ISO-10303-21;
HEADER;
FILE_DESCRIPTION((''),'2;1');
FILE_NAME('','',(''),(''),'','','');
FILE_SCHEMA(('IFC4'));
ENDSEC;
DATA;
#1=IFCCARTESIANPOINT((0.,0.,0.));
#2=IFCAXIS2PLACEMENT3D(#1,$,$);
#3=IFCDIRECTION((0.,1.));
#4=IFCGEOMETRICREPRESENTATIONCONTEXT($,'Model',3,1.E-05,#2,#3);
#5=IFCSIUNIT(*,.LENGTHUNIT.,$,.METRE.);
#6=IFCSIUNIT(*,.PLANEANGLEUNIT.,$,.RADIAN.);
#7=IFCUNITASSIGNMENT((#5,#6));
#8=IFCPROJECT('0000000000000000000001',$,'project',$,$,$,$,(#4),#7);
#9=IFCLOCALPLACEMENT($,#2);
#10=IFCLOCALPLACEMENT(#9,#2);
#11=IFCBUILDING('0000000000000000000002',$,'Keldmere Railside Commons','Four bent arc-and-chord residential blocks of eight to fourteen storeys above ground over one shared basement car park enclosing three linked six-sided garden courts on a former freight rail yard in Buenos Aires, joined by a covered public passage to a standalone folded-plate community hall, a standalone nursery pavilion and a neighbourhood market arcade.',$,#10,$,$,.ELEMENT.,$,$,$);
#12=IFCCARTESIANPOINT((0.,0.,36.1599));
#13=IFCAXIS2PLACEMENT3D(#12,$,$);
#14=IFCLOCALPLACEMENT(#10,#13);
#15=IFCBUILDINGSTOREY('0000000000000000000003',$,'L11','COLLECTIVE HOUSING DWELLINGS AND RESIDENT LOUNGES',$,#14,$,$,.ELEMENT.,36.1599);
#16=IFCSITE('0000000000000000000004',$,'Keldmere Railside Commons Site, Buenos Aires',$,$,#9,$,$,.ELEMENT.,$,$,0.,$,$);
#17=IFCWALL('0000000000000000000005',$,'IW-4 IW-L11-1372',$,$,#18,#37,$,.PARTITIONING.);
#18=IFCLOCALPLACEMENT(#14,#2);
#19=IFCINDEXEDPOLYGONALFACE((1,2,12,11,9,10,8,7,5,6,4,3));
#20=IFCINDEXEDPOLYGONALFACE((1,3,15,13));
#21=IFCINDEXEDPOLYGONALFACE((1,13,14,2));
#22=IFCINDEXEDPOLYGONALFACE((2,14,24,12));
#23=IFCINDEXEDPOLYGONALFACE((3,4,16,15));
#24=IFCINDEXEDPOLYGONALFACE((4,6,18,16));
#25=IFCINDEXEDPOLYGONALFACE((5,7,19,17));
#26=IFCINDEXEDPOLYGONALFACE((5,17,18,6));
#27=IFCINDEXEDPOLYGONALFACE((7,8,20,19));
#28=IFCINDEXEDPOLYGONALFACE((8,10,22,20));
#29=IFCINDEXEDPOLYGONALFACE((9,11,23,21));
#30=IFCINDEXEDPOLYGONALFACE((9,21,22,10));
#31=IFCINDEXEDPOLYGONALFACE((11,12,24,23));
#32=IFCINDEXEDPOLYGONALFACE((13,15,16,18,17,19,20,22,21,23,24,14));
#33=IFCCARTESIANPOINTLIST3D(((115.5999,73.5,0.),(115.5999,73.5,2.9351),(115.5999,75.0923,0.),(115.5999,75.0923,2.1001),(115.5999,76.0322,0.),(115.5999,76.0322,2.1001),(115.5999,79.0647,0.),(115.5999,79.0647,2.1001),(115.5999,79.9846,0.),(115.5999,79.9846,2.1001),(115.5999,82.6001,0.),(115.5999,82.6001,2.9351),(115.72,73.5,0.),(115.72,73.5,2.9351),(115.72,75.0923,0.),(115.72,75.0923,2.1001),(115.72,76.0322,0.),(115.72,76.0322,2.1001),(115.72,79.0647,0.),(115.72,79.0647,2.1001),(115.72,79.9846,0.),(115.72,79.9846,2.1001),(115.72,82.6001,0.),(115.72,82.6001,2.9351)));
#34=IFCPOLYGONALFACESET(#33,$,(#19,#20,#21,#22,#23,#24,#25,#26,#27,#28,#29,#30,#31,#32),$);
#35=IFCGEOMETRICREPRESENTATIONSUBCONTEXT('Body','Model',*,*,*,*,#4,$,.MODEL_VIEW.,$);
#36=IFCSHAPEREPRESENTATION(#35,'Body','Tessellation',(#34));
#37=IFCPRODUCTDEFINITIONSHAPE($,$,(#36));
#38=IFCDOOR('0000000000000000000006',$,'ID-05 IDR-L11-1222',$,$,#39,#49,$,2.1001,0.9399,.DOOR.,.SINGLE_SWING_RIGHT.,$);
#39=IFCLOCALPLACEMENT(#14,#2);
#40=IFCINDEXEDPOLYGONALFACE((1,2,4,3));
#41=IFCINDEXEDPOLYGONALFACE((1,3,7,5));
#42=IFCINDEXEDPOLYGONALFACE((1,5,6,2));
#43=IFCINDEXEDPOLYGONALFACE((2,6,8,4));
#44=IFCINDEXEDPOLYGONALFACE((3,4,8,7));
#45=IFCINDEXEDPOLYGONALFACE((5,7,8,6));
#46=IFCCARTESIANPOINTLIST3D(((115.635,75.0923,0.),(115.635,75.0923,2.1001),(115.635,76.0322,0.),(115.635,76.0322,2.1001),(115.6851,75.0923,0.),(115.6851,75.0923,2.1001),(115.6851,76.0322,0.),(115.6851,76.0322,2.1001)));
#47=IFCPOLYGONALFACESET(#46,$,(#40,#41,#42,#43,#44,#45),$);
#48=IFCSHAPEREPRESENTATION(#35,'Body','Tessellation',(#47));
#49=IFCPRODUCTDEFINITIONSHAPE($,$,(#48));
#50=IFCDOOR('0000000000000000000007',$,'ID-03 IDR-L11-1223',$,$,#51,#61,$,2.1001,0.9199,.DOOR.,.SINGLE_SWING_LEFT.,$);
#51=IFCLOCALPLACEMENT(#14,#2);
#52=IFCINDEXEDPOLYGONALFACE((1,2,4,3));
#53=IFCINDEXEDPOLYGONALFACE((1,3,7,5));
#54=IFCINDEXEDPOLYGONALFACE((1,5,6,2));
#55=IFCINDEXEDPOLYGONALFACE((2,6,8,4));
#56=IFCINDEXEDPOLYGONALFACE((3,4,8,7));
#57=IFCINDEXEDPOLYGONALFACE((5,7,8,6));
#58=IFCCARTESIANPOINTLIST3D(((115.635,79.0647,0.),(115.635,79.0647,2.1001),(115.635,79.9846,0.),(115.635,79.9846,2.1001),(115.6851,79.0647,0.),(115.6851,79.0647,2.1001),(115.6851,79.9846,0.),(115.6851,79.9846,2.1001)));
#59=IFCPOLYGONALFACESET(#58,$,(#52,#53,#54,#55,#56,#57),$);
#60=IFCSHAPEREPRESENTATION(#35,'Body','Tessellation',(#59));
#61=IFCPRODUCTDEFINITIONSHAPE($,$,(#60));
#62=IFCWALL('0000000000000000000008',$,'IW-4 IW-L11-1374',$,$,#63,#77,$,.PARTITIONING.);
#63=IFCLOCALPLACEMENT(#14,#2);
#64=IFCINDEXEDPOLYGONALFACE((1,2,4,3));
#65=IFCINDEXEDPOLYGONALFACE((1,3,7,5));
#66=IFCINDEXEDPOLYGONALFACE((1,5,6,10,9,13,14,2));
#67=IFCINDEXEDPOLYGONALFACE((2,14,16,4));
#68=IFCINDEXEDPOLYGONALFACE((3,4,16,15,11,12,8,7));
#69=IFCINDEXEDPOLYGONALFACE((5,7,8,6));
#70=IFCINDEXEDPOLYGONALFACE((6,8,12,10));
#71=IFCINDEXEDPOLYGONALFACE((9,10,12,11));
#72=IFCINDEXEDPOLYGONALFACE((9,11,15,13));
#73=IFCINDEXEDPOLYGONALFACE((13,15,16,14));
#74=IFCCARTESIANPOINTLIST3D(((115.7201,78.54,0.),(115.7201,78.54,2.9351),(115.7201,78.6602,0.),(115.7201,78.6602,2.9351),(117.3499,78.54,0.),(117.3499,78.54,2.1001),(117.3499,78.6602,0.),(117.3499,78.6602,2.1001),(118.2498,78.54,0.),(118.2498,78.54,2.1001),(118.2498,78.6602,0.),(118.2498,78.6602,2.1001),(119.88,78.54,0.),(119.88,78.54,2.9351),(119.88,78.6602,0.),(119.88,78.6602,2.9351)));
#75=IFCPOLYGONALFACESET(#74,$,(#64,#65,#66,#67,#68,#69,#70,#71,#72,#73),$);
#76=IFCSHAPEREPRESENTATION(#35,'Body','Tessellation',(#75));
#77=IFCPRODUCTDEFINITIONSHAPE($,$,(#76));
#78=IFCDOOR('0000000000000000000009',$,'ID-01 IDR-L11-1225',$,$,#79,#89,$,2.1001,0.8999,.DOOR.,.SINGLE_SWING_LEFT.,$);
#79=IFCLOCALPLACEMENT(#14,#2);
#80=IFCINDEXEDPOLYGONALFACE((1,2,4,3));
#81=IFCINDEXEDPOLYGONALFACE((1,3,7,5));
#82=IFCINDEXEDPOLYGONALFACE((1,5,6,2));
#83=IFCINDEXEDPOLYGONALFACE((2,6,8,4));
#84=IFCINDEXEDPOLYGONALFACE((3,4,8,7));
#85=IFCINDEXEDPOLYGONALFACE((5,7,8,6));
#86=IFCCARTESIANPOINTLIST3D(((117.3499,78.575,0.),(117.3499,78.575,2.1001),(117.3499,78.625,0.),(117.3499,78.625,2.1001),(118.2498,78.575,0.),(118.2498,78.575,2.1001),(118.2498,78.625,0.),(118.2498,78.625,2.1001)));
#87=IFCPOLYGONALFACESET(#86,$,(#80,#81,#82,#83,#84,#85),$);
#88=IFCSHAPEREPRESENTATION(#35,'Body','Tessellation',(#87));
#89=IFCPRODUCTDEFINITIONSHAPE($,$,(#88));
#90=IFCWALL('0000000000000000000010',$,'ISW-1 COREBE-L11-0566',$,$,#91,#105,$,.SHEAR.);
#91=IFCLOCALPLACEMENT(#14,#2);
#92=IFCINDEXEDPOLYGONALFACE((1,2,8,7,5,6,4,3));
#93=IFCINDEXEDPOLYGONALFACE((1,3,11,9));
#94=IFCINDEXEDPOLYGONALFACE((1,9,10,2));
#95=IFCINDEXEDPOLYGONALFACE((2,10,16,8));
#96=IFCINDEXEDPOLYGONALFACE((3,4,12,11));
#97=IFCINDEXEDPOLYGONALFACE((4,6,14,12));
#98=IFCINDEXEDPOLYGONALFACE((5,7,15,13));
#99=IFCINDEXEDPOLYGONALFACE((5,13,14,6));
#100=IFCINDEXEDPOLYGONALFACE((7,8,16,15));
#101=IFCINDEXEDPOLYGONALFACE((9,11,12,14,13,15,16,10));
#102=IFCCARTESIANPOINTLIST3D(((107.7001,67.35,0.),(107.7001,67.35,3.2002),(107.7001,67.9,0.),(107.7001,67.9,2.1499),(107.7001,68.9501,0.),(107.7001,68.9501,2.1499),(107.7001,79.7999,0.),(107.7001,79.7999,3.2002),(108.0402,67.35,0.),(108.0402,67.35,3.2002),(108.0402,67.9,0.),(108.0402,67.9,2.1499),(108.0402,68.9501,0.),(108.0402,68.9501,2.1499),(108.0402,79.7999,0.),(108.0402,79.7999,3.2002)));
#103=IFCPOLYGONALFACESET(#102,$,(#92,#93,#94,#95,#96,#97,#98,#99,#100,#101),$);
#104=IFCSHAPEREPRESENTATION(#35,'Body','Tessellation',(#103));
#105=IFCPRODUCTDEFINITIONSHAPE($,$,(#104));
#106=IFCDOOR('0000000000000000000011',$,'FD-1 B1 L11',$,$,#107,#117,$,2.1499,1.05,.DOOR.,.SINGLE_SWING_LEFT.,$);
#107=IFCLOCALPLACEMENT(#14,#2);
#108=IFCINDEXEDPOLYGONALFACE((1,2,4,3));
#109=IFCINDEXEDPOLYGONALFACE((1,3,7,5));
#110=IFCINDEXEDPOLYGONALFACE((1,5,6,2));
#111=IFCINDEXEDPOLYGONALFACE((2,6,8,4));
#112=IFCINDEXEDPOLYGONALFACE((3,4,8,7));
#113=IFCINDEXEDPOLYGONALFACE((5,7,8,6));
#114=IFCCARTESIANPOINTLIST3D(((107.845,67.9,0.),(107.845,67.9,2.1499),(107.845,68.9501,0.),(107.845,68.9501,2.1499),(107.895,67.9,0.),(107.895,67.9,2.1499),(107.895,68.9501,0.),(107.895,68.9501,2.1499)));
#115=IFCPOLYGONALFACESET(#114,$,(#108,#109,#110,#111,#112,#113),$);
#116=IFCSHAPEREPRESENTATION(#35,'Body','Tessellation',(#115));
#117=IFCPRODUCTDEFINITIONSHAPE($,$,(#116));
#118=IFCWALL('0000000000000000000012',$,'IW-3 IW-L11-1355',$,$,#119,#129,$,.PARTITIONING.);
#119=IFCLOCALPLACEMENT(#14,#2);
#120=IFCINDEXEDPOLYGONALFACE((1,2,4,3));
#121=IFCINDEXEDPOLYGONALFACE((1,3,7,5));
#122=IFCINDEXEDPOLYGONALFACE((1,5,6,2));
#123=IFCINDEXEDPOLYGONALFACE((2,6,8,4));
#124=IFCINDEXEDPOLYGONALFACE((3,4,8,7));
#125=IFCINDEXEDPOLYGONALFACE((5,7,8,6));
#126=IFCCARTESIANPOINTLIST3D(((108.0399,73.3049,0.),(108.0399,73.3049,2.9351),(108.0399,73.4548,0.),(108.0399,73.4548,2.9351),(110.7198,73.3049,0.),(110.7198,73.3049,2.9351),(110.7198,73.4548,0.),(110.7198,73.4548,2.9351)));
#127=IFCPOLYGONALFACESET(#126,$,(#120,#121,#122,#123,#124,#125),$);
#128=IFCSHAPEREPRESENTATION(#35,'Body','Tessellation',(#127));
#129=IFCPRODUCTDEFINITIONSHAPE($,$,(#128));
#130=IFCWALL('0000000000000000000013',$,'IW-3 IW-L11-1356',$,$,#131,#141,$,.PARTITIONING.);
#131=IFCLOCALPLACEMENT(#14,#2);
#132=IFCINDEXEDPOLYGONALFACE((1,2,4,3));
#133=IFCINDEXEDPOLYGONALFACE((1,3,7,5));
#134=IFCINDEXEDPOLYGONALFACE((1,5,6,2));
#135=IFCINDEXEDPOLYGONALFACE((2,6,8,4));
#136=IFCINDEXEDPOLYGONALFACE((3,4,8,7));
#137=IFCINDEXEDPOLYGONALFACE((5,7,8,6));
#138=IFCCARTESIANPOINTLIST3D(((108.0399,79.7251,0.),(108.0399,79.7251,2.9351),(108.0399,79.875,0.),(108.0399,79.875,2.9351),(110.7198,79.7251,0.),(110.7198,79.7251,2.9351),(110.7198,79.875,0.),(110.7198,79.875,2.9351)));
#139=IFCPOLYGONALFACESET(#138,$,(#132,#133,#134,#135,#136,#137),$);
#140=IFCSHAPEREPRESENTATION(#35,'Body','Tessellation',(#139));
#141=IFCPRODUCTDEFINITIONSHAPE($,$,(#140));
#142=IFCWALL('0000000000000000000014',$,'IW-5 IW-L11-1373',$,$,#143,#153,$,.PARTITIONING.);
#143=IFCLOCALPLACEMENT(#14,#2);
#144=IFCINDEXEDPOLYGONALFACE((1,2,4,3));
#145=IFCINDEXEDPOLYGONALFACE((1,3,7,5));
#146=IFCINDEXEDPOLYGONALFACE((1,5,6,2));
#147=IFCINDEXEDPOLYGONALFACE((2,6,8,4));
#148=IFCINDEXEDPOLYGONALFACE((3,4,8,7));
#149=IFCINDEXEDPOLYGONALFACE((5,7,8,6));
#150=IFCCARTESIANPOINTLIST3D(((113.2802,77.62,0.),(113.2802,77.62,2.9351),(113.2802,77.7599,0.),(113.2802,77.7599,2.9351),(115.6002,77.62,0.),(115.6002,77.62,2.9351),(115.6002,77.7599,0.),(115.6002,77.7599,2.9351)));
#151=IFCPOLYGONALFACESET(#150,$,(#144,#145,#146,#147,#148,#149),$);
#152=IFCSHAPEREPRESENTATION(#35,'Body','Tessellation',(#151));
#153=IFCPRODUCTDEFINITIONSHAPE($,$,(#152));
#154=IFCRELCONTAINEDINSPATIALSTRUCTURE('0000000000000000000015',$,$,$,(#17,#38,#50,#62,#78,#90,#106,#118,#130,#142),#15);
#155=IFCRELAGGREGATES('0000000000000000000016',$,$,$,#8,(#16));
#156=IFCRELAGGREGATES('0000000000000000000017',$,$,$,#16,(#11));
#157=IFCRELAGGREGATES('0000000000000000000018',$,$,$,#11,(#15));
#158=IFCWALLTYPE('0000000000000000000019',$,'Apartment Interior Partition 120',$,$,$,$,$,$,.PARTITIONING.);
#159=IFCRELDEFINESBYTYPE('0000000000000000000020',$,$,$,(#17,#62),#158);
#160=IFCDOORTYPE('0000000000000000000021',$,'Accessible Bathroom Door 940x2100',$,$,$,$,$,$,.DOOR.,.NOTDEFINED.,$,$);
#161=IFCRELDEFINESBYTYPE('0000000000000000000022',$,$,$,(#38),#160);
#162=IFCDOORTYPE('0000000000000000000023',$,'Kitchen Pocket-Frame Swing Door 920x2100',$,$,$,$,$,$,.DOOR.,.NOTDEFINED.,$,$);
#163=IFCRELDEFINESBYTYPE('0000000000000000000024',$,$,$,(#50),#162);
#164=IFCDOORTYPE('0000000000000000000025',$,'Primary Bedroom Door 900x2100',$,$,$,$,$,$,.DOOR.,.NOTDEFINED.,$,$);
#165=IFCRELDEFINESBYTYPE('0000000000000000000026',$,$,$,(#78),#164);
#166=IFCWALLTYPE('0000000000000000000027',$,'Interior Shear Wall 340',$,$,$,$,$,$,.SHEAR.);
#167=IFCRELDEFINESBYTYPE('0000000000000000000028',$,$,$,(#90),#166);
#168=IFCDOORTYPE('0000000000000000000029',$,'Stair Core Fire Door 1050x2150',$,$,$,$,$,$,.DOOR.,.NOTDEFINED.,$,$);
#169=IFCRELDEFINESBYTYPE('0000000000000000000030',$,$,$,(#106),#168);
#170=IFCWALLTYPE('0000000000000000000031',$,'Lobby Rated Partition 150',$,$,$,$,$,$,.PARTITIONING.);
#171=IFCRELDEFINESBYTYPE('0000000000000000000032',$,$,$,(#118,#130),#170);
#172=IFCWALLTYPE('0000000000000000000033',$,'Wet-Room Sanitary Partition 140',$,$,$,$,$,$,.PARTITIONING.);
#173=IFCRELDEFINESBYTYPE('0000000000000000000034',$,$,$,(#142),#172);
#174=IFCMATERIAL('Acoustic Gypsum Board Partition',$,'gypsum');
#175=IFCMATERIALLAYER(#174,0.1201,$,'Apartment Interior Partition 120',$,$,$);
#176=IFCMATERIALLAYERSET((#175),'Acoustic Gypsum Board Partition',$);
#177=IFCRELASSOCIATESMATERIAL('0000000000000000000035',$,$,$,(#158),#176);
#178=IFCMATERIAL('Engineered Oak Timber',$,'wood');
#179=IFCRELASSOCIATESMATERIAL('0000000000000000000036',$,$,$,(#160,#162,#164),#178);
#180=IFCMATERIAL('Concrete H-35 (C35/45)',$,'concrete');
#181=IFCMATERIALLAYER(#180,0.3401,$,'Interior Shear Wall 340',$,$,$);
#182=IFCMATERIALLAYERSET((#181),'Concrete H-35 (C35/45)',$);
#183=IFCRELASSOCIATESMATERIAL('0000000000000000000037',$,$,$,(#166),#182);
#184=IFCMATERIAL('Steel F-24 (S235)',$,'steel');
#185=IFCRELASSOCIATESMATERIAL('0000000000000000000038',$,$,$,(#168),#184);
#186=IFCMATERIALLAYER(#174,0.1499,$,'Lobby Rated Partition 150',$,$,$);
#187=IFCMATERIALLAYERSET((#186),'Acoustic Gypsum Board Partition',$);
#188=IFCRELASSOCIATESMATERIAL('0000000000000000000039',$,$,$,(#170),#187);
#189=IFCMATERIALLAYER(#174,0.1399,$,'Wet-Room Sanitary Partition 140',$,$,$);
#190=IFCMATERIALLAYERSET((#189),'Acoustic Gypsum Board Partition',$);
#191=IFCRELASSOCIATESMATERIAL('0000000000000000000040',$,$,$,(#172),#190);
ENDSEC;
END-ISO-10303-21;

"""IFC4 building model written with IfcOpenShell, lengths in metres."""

from ifc_helpers import new_model, si_unit, direction, frame, frame_2d, origin, place, context, subcontext, project, spatial, rectangle, extrude, material, layer, layer_set, type_object, element, fill, save


model = new_model("IFC4")

# Units and contexts
model_context = context("Model", 3, precision=1e-05, world=origin(), true_north=direction((0.0, 1.0)))
body_context = subcontext(model_context, "Body", "Model", "MODEL_VIEW")
ifc_project = project(units=[si_unit("LENGTHUNIT", "METRE"), si_unit("PLANEANGLEUNIT", "RADIAN")], contexts=[model_context])

# Site, building, storey
site_placement = place(None, origin())
site = spatial("IfcSite", under=ifc_project, at=site_placement, Name="Keldmere Railside Commons Site, Buenos Aires", CompositionType="ELEMENT", RefElevation=0.0)
building_placement = place(site_placement, origin())
building = spatial("IfcBuilding", under=site, at=building_placement, Name="Keldmere Railside Commons", Description="Four bent arc-and-chord residential blocks of eight to fourteen storeys above ground over one shared basement car park enclosing three linked six-sided garden courts on a former freight rail yard in Buenos Aires, joined by a covered public passage to a standalone folded-plate community hall, a standalone nursery pavilion and a neighbourhood market arcade.", CompositionType="ELEMENT")
storey_placement = place(building_placement, frame((0.0, 0.0, 36.1599)))
storey = spatial("IfcBuildingStorey", under=building, at=storey_placement, Name="L11", Description="COLLECTIVE HOUSING DWELLINGS AND RESIDENT LOUNGES", CompositionType="ELEMENT", Elevation=36.1599)

# Shared definitions
ifc_material_1 = material(Name="Concrete H-35 (C35/45)", Category="concrete")

# Shared definitions
ifc_material_2 = material(Name="Acoustic Gypsum Board Partition", Category="gypsum")

# Wall, openings, doors
ifc_layer_1 = layer(ifc_material_2, 0.1201, Name="Apartment Interior Partition 120")
ifc_layer_set_1 = layer_set([ifc_layer_1], Name="Acoustic Gypsum Board Partition")
wall_type_1 = type_object("IfcWallType", Name="Apartment Interior Partition 120", PredefinedType="PARTITIONING", material=ifc_layer_set_1)
wall_1_placement = place(storey_placement, frame((115.6599, 73.5, 0.0), z_axis=(0.0, 0.0, 1.0), x_axis=(0.0, 1.0, 0.0)))
wall_1 = element("IfcWall", 1, at=wall_1_placement, inside=storey, type_object=wall_type_1, Name="IW-4 IW-L11-1372", PredefinedType="PARTITIONING", context=body_context, shape_type="SweptSolid", body=[
    extrude(rectangle(XDim=9.1001, YDim=0.1201, at=frame_2d((4.55, 0.0))), origin(), (0.0, 0.0, 1.0), 2.9351),
])
opening_1_placement = place(wall_1_placement, frame((1.5923, 0.0, 0.0)))
opening_1 = element("IfcOpeningElement", 2, at=opening_1_placement, cuts=wall_1, PredefinedType="OPENING", context=body_context, shape_type="SweptSolid", body=[
    extrude(rectangle(XDim=0.9399, YDim=2.1001, at=frame_2d((0.47, 1.05))), frame((0.0, 0.0701, 0.0), z_axis=(0.0, -1.0, 0.0), x_axis=(1.0, 0.0, 0.0)), (0.0, 0.0, 1.0), 0.1401),
])
opening_2_placement = place(wall_1_placement, frame((5.5647, 0.0, 0.0)))
opening_2 = element("IfcOpeningElement", 3, at=opening_2_placement, cuts=wall_1, PredefinedType="OPENING", context=body_context, shape_type="SweptSolid", body=[
    extrude(rectangle(XDim=0.9199, YDim=2.1001, at=frame_2d((0.46, 1.05))), frame((0.0, 0.0701, 0.0), z_axis=(0.0, -1.0, 0.0), x_axis=(1.0, 0.0, 0.0)), (0.0, 0.0, 1.0), 0.1401),
])
ifc_material_3 = material(Name="Engineered Oak Timber", Category="wood")
door_type_1 = type_object("IfcDoorType", Name="Accessible Bathroom Door 940x2100", OperationType="NOTDEFINED", PredefinedType="DOOR", material=ifc_material_3)
door_1_placement = place(opening_1_placement, origin())
door_1 = element("IfcDoor", 4, at=door_1_placement, inside=storey, type_object=door_type_1, Name="ID-05 IDR-L11-1222", OperationType="SINGLE_SWING_RIGHT", OverallHeight=2.1001, OverallWidth=0.9399, PredefinedType="DOOR", context=body_context, shape_type="SweptSolid", body=[
    extrude(rectangle(XDim=0.9399, YDim=2.1001, at=frame_2d((0.47, 1.05))), frame((0.0, 0.0249, 0.0), z_axis=(0.0, -1.0, 0.0), x_axis=(1.0, 0.0, 0.0)), (0.0, 0.0, 1.0), 0.05),
])
fill(opening_1, door_1)
door_type_2 = type_object("IfcDoorType", Name="Kitchen Pocket-Frame Swing Door 920x2100", OperationType="NOTDEFINED", PredefinedType="DOOR", material=ifc_material_3)
door_2_placement = place(opening_2_placement, origin())
door_2 = element("IfcDoor", 5, at=door_2_placement, inside=storey, type_object=door_type_2, Name="ID-03 IDR-L11-1223", OperationType="SINGLE_SWING_LEFT", OverallHeight=2.1001, OverallWidth=0.9199, PredefinedType="DOOR", context=body_context, shape_type="SweptSolid", body=[
    extrude(rectangle(XDim=0.9199, YDim=2.1001, at=frame_2d((0.46, 1.05))), frame((0.0, 0.0249, 0.0), z_axis=(0.0, -1.0, 0.0), x_axis=(1.0, 0.0, 0.0)), (0.0, 0.0, 1.0), 0.05),
])
fill(opening_2, door_2)

# Walls, openings, doors
wall_2_placement = place(storey_placement, frame((115.72, 78.6001, 0.0), z_axis=(0.0, 0.0, 1.0), x_axis=(1.0, 0.0, 0.0)))
wall_2 = element("IfcWall", 6, at=wall_2_placement, inside=storey, type_object=wall_type_1, Name="IW-4 IW-L11-1374", PredefinedType="PARTITIONING", context=body_context, shape_type="SweptSolid", body=[
    extrude(rectangle(XDim=4.1599, YDim=0.1201, at=frame_2d((2.0801, 0.0))), origin(), (0.0, 0.0, 1.0), 2.9351),
])
opening_3_placement = place(wall_2_placement, frame((1.6299, 0.0, 0.0)))
opening_3 = element("IfcOpeningElement", 7, at=opening_3_placement, cuts=wall_2, PredefinedType="OPENING", context=body_context, shape_type="SweptSolid", body=[
    extrude(rectangle(XDim=0.8999, YDim=2.1001, at=frame_2d((0.45, 1.05))), frame((0.0, 0.0701, 0.0), z_axis=(0.0, -1.0, 0.0), x_axis=(1.0, 0.0, 0.0)), (0.0, 0.0, 1.0), 0.1401),
])
door_type_3 = type_object("IfcDoorType", Name="Primary Bedroom Door 900x2100", OperationType="NOTDEFINED", PredefinedType="DOOR", material=ifc_material_3)
door_3_placement = place(opening_3_placement, origin())
door_3 = element("IfcDoor", 8, at=door_3_placement, inside=storey, type_object=door_type_3, Name="ID-01 IDR-L11-1225", OperationType="SINGLE_SWING_LEFT", OverallHeight=2.1001, OverallWidth=0.8999, PredefinedType="DOOR", context=body_context, shape_type="SweptSolid", body=[
    extrude(rectangle(XDim=0.8999, YDim=2.1001, at=frame_2d((0.45, 1.05))), frame((0.0, 0.0249, 0.0), z_axis=(0.0, -1.0, 0.0), x_axis=(1.0, 0.0, 0.0)), (0.0, 0.0, 1.0), 0.05),
])
fill(opening_3, door_3)
ifc_layer_2 = layer(ifc_material_1, 0.3401, Name="Interior Shear Wall 340")
ifc_layer_set_2 = layer_set([ifc_layer_2], Name="Concrete H-35 (C35/45)")
wall_type_2 = type_object("IfcWallType", Name="Interior Shear Wall 340", PredefinedType="SHEAR", material=ifc_layer_set_2)
wall_3_placement = place(storey_placement, frame((107.8701, 79.8, 0.0), z_axis=(0.0, 0.0, 1.0), x_axis=(0.0, -1.0, 0.0)))
wall_3 = element("IfcWall", 9, at=wall_3_placement, inside=storey, type_object=wall_type_2, Name="ISW-1 COREBE-L11-0566", PredefinedType="SHEAR", context=body_context, shape_type="SweptSolid", body=[
    extrude(rectangle(XDim=12.45, YDim=0.3401, at=frame_2d((6.2251, 0.0))), origin(), (0.0, 0.0, 1.0), 3.2002),
])
opening_4_placement = place(wall_3_placement, frame((10.8501, 0.0, 0.0)))
opening_4 = element("IfcOpeningElement", 10, at=opening_4_placement, cuts=wall_3, PredefinedType="OPENING", context=body_context, shape_type="SweptSolid", body=[
    extrude(rectangle(XDim=1.05, YDim=2.1499, at=frame_2d((0.5249, 1.075))), frame((0.0, 0.1799, 0.0), z_axis=(0.0, -1.0, 0.0), x_axis=(1.0, 0.0, 0.0)), (0.0, 0.0, 1.0), 0.3601),
])
ifc_material_4 = material(Name="Steel F-24 (S235)", Category="steel")
door_type_4 = type_object("IfcDoorType", Name="Stair Core Fire Door 1050x2150", OperationType="NOTDEFINED", PredefinedType="DOOR", material=ifc_material_4)
door_4_placement = place(opening_4_placement, origin())
door_4 = element("IfcDoor", 11, at=door_4_placement, inside=storey, type_object=door_type_4, Name="FD-1 B1 L11", OperationType="SINGLE_SWING_LEFT", OverallHeight=2.1499, OverallWidth=1.05, PredefinedType="DOOR", context=body_context, shape_type="SweptSolid", body=[
    extrude(rectangle(XDim=1.05, YDim=2.1499, at=frame_2d((0.5249, 1.075))), frame((0.0, 0.0249, 0.0), z_axis=(0.0, -1.0, 0.0), x_axis=(1.0, 0.0, 0.0)), (0.0, 0.0, 1.0), 0.05),
])
fill(opening_4, door_4)

# Walls
ifc_layer_3 = layer(ifc_material_2, 0.1499, Name="Lobby Rated Partition 150")
ifc_layer_set_3 = layer_set([ifc_layer_3], Name="Acoustic Gypsum Board Partition")
wall_type_3 = type_object("IfcWallType", Name="Lobby Rated Partition 150", PredefinedType="PARTITIONING", material=ifc_layer_set_3)
for number, where, z_axis, x_axis, name in (
    (12, (108.04, 73.3799, 0.0), (0.0, 0.0, 1.0), (1.0, 0.0, 0.0), "IW-3 IW-L11-1355"),
    (13, (108.04, 79.8, 0.0), (0.0, 0.0, 1.0), (1.0, 0.0, 0.0), "IW-3 IW-L11-1356"),
):
    element("IfcWall", number, at=place(storey_placement, frame(where, z_axis=z_axis, x_axis=x_axis)), inside=storey, type_object=wall_type_3, Name=name, PredefinedType="PARTITIONING", context=body_context, shape_type="SweptSolid", body=[
        extrude(rectangle(XDim=2.6799, YDim=0.1499, at=frame_2d((1.3398, 0.0))), origin(), (0.0, 0.0, 1.0), 2.9351),
    ])
ifc_layer_4 = layer(ifc_material_2, 0.1399, Name="Wet-Room Sanitary Partition 140")
ifc_layer_set_4 = layer_set([ifc_layer_4], Name="Acoustic Gypsum Board Partition")
wall_type_4 = type_object("IfcWallType", Name="Wet-Room Sanitary Partition 140", PredefinedType="PARTITIONING", material=ifc_layer_set_4)
wall_4_placement = place(storey_placement, frame((113.28, 77.6899, 0.0), z_axis=(0.0, 0.0, 1.0), x_axis=(1.0, 0.0, 0.0)))
element("IfcWall", 14, at=wall_4_placement, inside=storey, type_object=wall_type_4, Name="IW-5 IW-L11-1373", PredefinedType="PARTITIONING", context=body_context, shape_type="SweptSolid", body=[
    extrude(rectangle(XDim=2.3201, YDim=0.1399, at=frame_2d((1.1602, 0.0))), origin(), (0.0, 0.0, 1.0), 2.9351),
])

save(model, "model.ifc")
